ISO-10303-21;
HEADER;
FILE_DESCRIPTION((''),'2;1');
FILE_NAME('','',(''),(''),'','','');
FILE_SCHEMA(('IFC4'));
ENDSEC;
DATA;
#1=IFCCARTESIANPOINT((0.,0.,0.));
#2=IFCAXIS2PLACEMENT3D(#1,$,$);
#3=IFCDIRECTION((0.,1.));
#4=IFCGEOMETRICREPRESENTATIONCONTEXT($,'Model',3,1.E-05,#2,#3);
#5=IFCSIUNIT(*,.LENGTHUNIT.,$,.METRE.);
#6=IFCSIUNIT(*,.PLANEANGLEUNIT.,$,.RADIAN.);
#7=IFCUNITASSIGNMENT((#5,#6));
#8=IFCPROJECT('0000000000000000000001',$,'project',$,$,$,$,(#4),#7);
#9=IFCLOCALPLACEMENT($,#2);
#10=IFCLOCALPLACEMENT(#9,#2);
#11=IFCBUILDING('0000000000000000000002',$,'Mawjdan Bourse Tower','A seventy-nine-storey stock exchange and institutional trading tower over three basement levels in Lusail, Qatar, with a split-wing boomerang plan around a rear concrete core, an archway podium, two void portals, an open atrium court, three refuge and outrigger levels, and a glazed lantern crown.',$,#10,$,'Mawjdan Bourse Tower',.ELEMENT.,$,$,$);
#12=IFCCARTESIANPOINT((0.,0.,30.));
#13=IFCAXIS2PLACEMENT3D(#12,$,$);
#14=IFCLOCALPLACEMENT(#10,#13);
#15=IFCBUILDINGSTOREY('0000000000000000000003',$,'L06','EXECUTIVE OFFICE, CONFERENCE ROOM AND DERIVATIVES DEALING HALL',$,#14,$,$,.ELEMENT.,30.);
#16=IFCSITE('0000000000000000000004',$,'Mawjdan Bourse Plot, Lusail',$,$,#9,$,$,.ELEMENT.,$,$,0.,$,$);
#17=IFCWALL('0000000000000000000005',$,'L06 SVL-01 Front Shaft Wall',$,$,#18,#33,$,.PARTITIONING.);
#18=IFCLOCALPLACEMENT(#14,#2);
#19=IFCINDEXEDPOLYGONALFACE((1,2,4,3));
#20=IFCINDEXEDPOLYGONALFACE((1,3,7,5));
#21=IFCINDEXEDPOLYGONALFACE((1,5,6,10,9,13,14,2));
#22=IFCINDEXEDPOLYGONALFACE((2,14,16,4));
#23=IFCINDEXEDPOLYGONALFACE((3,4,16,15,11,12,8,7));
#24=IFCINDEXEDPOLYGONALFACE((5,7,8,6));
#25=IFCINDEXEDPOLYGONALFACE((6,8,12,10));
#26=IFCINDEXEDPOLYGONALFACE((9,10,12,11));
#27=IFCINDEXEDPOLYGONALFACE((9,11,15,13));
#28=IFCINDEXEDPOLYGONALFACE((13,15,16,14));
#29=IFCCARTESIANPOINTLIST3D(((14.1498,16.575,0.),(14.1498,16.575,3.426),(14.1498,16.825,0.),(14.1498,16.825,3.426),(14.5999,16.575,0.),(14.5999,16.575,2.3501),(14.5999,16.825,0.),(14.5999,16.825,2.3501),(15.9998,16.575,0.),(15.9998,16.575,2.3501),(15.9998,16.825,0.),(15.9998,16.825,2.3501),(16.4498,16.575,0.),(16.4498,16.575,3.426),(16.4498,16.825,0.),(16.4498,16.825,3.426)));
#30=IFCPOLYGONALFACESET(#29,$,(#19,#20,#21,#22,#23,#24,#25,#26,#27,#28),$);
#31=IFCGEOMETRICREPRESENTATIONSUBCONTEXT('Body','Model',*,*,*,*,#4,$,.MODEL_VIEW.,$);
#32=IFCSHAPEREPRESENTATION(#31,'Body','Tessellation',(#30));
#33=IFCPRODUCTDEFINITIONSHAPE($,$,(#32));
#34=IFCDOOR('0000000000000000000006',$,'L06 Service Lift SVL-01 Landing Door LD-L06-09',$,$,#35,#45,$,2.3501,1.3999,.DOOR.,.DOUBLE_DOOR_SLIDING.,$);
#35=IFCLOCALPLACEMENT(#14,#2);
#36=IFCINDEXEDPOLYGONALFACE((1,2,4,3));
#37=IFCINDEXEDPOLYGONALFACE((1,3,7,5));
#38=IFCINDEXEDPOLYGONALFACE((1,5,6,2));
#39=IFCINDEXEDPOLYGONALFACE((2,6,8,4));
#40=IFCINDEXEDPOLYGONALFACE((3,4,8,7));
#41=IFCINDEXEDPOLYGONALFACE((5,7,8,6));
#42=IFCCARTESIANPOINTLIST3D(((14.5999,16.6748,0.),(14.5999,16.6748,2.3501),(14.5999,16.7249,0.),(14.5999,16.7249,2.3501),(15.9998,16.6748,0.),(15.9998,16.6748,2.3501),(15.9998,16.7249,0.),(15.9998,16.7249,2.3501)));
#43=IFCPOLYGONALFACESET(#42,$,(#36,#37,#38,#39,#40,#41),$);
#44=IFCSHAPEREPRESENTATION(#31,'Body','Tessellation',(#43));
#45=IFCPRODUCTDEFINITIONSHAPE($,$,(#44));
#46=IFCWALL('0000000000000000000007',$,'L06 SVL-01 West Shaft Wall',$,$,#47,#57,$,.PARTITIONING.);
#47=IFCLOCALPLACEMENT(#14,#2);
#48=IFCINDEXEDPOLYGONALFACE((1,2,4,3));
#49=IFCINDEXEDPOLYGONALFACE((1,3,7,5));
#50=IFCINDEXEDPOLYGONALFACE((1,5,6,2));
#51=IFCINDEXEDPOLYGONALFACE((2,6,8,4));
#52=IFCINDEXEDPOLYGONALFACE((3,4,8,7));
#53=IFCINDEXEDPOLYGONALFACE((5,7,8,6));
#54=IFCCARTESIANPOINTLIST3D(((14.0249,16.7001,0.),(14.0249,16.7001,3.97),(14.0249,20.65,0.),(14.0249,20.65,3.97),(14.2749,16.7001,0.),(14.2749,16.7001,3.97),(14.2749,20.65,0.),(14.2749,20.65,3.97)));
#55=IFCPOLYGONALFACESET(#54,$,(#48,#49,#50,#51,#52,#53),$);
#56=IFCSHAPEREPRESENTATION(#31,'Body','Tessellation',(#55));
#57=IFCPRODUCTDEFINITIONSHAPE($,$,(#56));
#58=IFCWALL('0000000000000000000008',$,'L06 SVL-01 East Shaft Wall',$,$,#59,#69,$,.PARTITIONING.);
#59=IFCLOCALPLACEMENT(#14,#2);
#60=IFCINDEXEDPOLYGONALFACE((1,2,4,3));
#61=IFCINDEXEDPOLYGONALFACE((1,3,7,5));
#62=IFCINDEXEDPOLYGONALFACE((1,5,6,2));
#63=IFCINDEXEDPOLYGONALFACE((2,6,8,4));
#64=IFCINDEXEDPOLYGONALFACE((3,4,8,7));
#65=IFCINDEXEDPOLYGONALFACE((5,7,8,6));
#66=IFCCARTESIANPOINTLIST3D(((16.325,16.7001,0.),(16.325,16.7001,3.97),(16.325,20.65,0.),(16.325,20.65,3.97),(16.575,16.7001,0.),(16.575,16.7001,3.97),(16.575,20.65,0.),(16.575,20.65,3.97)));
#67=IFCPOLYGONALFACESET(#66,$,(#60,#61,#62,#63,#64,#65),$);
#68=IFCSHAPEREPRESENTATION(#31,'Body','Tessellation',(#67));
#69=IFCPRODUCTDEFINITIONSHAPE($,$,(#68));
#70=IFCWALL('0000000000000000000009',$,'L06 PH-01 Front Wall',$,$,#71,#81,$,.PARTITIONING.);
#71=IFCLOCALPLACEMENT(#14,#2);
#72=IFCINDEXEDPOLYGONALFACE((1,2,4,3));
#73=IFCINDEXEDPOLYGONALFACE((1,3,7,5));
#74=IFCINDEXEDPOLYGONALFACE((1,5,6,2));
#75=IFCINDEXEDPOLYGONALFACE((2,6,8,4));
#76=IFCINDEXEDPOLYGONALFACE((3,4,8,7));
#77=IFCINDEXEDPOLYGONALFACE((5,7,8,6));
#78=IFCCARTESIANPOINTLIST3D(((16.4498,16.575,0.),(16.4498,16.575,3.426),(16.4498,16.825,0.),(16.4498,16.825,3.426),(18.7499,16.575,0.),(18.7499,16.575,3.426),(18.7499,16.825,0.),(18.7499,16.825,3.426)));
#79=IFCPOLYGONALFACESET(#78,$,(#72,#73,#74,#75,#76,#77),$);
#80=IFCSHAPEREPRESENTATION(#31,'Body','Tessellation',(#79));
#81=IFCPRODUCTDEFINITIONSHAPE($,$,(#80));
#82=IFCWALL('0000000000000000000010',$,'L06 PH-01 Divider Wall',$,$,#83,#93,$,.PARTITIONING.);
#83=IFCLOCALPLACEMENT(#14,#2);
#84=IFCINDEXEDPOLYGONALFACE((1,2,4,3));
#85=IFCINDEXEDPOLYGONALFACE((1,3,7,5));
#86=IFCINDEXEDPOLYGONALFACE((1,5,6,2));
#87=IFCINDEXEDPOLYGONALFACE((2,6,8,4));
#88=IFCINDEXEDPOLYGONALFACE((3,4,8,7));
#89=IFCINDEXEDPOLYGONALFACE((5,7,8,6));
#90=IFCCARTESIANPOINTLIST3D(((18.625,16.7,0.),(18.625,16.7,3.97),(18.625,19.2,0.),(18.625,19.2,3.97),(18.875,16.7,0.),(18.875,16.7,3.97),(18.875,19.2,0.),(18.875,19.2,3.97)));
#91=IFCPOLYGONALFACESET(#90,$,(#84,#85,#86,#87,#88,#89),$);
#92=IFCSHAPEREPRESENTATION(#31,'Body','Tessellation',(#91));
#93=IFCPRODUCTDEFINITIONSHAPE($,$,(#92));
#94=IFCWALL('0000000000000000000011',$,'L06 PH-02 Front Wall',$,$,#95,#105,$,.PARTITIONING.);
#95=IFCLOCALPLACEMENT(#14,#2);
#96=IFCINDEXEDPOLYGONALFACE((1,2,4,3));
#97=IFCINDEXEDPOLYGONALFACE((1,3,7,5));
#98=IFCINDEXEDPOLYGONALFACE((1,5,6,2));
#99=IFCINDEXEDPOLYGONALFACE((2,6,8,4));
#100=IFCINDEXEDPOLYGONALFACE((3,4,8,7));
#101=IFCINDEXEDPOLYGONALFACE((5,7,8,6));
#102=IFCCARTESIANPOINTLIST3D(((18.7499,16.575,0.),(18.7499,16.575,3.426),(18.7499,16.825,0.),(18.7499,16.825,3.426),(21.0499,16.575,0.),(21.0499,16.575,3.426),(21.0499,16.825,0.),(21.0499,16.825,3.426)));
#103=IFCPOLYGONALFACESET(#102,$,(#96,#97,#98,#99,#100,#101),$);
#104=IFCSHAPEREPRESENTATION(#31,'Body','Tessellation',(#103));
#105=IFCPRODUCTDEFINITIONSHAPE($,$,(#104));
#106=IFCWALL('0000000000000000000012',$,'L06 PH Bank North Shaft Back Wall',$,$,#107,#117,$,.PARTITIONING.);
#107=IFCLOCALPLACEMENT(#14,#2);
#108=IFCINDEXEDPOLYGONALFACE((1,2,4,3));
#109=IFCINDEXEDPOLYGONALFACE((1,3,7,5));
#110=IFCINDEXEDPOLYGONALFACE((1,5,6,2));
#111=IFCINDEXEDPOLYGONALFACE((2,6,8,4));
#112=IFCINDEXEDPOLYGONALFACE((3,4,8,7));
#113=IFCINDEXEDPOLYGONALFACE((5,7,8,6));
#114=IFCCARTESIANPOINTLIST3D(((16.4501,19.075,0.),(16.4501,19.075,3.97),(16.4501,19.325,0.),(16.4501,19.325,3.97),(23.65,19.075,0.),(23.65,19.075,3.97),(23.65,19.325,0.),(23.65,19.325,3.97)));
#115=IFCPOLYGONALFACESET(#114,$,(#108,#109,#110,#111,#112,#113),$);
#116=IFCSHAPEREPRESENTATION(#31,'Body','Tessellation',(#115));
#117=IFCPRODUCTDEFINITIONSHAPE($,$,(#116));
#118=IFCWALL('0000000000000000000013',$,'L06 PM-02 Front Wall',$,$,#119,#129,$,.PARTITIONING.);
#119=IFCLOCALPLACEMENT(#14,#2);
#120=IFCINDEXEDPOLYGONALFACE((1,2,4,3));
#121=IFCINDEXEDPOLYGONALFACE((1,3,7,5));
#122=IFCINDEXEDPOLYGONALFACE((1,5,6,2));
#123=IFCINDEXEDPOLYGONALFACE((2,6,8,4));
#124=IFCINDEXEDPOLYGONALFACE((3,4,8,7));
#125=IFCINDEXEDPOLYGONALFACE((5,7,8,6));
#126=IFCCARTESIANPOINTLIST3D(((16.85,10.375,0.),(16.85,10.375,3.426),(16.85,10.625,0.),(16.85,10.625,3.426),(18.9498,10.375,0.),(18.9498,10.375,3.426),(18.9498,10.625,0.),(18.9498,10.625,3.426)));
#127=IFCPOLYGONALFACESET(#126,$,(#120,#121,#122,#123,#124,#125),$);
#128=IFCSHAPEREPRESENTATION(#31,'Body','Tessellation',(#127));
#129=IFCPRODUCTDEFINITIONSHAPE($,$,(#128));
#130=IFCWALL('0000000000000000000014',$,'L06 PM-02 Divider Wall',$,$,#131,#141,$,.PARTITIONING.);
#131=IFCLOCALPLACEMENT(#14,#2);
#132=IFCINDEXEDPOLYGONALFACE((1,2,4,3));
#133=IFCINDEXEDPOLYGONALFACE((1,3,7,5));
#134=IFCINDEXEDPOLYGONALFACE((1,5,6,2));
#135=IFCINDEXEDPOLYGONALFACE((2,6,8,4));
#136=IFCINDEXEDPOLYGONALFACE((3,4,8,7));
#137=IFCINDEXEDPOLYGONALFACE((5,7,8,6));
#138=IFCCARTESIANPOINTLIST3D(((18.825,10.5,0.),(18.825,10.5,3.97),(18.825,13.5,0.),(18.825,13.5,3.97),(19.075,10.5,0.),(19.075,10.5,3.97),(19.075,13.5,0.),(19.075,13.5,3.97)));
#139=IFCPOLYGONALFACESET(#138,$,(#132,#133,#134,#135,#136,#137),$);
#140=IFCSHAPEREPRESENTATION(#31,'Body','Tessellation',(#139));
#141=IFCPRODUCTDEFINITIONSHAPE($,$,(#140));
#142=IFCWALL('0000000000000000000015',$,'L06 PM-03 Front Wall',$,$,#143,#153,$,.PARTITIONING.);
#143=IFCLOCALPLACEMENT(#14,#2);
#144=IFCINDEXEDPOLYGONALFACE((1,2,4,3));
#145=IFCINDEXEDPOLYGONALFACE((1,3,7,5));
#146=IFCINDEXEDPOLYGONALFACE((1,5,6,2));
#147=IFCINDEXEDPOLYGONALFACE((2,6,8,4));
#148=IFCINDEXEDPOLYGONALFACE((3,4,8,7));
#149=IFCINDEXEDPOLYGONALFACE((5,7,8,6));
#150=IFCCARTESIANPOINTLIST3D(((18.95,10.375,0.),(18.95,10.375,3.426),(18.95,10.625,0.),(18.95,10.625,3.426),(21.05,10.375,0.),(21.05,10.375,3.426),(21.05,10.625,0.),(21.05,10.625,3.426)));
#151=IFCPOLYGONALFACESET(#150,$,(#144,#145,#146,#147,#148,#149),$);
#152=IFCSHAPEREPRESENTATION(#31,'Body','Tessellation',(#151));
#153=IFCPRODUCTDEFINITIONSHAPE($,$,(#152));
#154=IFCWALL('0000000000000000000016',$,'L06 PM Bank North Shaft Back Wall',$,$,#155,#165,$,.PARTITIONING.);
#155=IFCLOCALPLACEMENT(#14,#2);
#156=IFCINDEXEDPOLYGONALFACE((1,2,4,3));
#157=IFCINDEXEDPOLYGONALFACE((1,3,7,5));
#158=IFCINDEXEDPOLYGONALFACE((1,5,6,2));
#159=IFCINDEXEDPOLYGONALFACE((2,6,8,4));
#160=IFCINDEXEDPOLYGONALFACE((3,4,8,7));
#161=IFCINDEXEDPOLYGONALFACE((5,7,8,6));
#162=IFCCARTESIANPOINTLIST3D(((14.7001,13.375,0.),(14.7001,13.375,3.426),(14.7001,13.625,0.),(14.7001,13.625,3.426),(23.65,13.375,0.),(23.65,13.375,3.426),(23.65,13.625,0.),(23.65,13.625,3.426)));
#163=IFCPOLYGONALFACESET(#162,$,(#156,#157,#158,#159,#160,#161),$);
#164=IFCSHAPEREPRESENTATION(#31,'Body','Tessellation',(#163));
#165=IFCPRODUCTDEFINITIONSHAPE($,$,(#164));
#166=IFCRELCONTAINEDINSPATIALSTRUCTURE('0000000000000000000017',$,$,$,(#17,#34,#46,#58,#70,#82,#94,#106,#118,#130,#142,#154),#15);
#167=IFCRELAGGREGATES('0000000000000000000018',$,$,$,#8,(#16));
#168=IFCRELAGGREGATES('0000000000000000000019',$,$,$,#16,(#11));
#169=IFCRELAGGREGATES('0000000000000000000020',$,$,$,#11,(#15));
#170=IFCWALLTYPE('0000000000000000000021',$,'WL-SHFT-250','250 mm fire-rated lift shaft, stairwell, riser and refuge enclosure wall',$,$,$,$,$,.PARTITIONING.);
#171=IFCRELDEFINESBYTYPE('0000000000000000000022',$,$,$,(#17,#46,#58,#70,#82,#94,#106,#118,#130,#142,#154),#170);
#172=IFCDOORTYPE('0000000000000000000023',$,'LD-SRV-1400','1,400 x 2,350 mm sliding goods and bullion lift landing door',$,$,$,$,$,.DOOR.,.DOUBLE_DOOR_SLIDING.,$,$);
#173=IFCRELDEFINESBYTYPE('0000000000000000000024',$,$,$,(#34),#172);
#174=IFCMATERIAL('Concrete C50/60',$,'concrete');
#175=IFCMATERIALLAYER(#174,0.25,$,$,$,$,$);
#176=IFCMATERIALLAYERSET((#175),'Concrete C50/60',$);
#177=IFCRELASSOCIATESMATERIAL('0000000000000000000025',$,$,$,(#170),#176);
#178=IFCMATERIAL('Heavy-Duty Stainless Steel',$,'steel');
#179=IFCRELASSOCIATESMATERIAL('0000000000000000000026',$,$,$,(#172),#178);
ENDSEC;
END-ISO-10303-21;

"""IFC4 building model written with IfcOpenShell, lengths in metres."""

from ifc_helpers import new_model, si_unit, direction, frame, frame_2d, origin, place, context, subcontext, project, spatial, rectangle, extrude, material, layer, layer_set, type_object, element, fill, save


model = new_model("IFC4")

# Units and contexts
model_context = context("Model", 3, precision=1e-05, world=origin(), true_north=direction((0.0, 1.0)))
body_context = subcontext(model_context, "Body", "Model", "MODEL_VIEW")
ifc_project = project(units=[si_unit("LENGTHUNIT", "METRE"), si_unit("PLANEANGLEUNIT", "RADIAN")], contexts=[model_context])

# Site, building, storey
site_placement = place(None, origin())
site = spatial("IfcSite", under=ifc_project, at=site_placement, Name="Mawjdan Bourse Plot, Lusail", CompositionType="ELEMENT", RefElevation=0.0)
building_placement = place(site_placement, origin())
building = spatial("IfcBuilding", under=site, at=building_placement, Name="Mawjdan Bourse Tower", Description="A seventy-nine-storey stock exchange and institutional trading tower over three basement levels in Lusail, Qatar, with a split-wing boomerang plan around a rear concrete core, an archway podium, two void portals, an open atrium court, three refuge and outrigger levels, and a glazed lantern crown.", LongName="Mawjdan Bourse Tower", CompositionType="ELEMENT")
storey_placement = place(building_placement, frame((0.0, 0.0, 30.0)))
storey = spatial("IfcBuildingStorey", under=building, at=storey_placement, Name="L06", Description="EXECUTIVE OFFICE, CONFERENCE ROOM AND DERIVATIVES DEALING HALL", CompositionType="ELEMENT", Elevation=30.0)

# Shared definitions
ifc_material_1 = material(Name="Concrete C50/60", Category="concrete")
ifc_layer_1 = layer(ifc_material_1, 0.25)
ifc_layer_set_1 = layer_set([ifc_layer_1], Name="Concrete C50/60")
wall_type_1 = type_object("IfcWallType", Name="WL-SHFT-250", Description="250 mm fire-rated lift shaft, stairwell, riser and refuge enclosure wall", PredefinedType="PARTITIONING", material=ifc_layer_set_1)

# Wall, opening, door
wall_1_placement = place(storey_placement, frame((14.1499, 16.7, 0.0), z_axis=(0.0, 0.0, 1.0), x_axis=(1.0, 0.0, 0.0)))
wall_1 = element("IfcWall", 1, at=wall_1_placement, inside=storey, type_object=wall_type_1, Name="L06 SVL-01 Front Shaft Wall", PredefinedType="PARTITIONING", context=body_context, shape_type="SweptSolid", body=[
    extrude(rectangle(XDim=2.3, YDim=0.25, at=frame_2d((1.1499, 0.0))), origin(), (0.0, 0.0, 1.0), 3.426),
])
opening_1_placement = place(wall_1_placement, frame((0.45, 0.0, 0.0)))
opening_1 = element("IfcOpeningElement", 2, at=opening_1_placement, cuts=wall_1, PredefinedType="OPENING", context=body_context, shape_type="SweptSolid", body=[
    extrude(rectangle(XDim=1.3999, YDim=2.3501, at=frame_2d((0.7, 1.175))), frame((0.0, 0.135, 0.0), z_axis=(0.0, -1.0, 0.0), x_axis=(1.0, 0.0, 0.0)), (0.0, 0.0, 1.0), 0.27),
])
ifc_material_2 = material(Name="Heavy-Duty Stainless Steel", Category="steel")
door_type_1 = type_object("IfcDoorType", Name="LD-SRV-1400", Description="1,400 x 2,350 mm sliding goods and bullion lift landing door", OperationType="DOUBLE_DOOR_SLIDING", PredefinedType="DOOR", material=ifc_material_2)
door_1_placement = place(opening_1_placement, origin())
door_1 = element("IfcDoor", 3, at=door_1_placement, inside=storey, type_object=door_type_1, Name="L06 Service Lift SVL-01 Landing Door LD-L06-09", OperationType="DOUBLE_DOOR_SLIDING", OverallHeight=2.3501, OverallWidth=1.3999, PredefinedType="DOOR", context=body_context, shape_type="SweptSolid", body=[
    extrude(rectangle(XDim=1.3999, YDim=2.3501, at=frame_2d((0.7, 1.175))), frame((0.0, 0.0249, 0.0), z_axis=(0.0, -1.0, 0.0), x_axis=(1.0, 0.0, 0.0)), (0.0, 0.0, 1.0), 0.05),
])
fill(opening_1, door_1)

# Walls
for number, where, z_axis, x_axis, name in (
    (4, (14.1499, 16.7, 0.0), (0.0, 0.0, 1.0), (0.0, 1.0, 0.0), "L06 SVL-01 West Shaft Wall"),
    (5, (16.45, 16.7, 0.0), (0.0, 0.0, 1.0), (0.0, 1.0, 0.0), "L06 SVL-01 East Shaft Wall"),
):
    element("IfcWall", number, at=place(storey_placement, frame(where, z_axis=z_axis, x_axis=x_axis)), inside=storey, type_object=wall_type_1, Name=name, PredefinedType="PARTITIONING", context=body_context, shape_type="SweptSolid", body=[
        extrude(rectangle(XDim=3.95, YDim=0.25, at=frame_2d((1.9751, 0.0))), origin(), (0.0, 0.0, 1.0), 3.97),
    ])
wall_2_placement = place(storey_placement, frame((16.45, 16.7, 0.0), z_axis=(0.0, 0.0, 1.0), x_axis=(1.0, 0.0, 0.0)))
element("IfcWall", 6, at=wall_2_placement, inside=storey, type_object=wall_type_1, Name="L06 PH-01 Front Wall", PredefinedType="PARTITIONING", context=body_context, shape_type="SweptSolid", body=[
    extrude(rectangle(XDim=2.3, YDim=0.25, at=frame_2d((1.1499, 0.0))), origin(), (0.0, 0.0, 1.0), 3.426),
])
wall_3_placement = place(storey_placement, frame((18.75, 16.7, 0.0), z_axis=(0.0, 0.0, 1.0), x_axis=(0.0, 1.0, 0.0)))
element("IfcWall", 7, at=wall_3_placement, inside=storey, type_object=wall_type_1, Name="L06 PH-01 Divider Wall", PredefinedType="PARTITIONING", context=body_context, shape_type="SweptSolid", body=[
    extrude(rectangle(XDim=2.5, YDim=0.25, at=frame_2d((1.25, 0.0))), origin(), (0.0, 0.0, 1.0), 3.97),
])
wall_4_placement = place(storey_placement, frame((18.75, 16.7, 0.0), z_axis=(0.0, 0.0, 1.0), x_axis=(1.0, 0.0, 0.0)))
element("IfcWall", 8, at=wall_4_placement, inside=storey, type_object=wall_type_1, Name="L06 PH-02 Front Wall", PredefinedType="PARTITIONING", context=body_context, shape_type="SweptSolid", body=[
    extrude(rectangle(XDim=2.3, YDim=0.25, at=frame_2d((1.1499, 0.0))), origin(), (0.0, 0.0, 1.0), 3.426),
])
wall_5_placement = place(storey_placement, frame((16.45, 19.2, 0.0), z_axis=(0.0, 0.0, 1.0), x_axis=(1.0, 0.0, 0.0)))
element("IfcWall", 9, at=wall_5_placement, inside=storey, type_object=wall_type_1, Name="L06 PH Bank North Shaft Back Wall", PredefinedType="PARTITIONING", context=body_context, shape_type="SweptSolid", body=[
    extrude(rectangle(XDim=7.2, YDim=0.25, at=frame_2d((3.6001, 0.0))), origin(), (0.0, 0.0, 1.0), 3.97),
])
wall_6_placement = place(storey_placement, frame((16.8501, 10.5, 0.0), z_axis=(0.0, 0.0, 1.0), x_axis=(1.0, 0.0, 0.0)))
element("IfcWall", 10, at=wall_6_placement, inside=storey, type_object=wall_type_1, Name="L06 PM-02 Front Wall", PredefinedType="PARTITIONING", context=body_context, shape_type="SweptSolid", body=[
    extrude(rectangle(XDim=2.0999, YDim=0.25, at=frame_2d((1.0498, 0.0))), origin(), (0.0, 0.0, 1.0), 3.426),
])
wall_7_placement = place(storey_placement, frame((18.95, 10.5, 0.0), z_axis=(0.0, 0.0, 1.0), x_axis=(0.0, 1.0, 0.0)))
element("IfcWall", 11, at=wall_7_placement, inside=storey, type_object=wall_type_1, Name="L06 PM-02 Divider Wall", PredefinedType="PARTITIONING", context=body_context, shape_type="SweptSolid", body=[
    extrude(rectangle(XDim=3.0, YDim=0.25, at=frame_2d((1.5, 0.0))), origin(), (0.0, 0.0, 1.0), 3.97),
])
wall_8_placement = place(storey_placement, frame((18.95, 10.5, 0.0), z_axis=(0.0, 0.0, 1.0), x_axis=(1.0, 0.0, 0.0)))
element("IfcWall", 12, at=wall_8_placement, inside=storey, type_object=wall_type_1, Name="L06 PM-03 Front Wall", PredefinedType="PARTITIONING", context=body_context, shape_type="SweptSolid", body=[
    extrude(rectangle(XDim=2.1001, YDim=0.25, at=frame_2d((1.05, 0.0))), origin(), (0.0, 0.0, 1.0), 3.426),
])
wall_9_placement = place(storey_placement, frame((14.7, 13.5, 0.0), z_axis=(0.0, 0.0, 1.0), x_axis=(1.0, 0.0, 0.0)))
element("IfcWall", 13, at=wall_9_placement, inside=storey, type_object=wall_type_1, Name="L06 PM Bank North Shaft Back Wall", PredefinedType="PARTITIONING", context=body_context, shape_type="SweptSolid", body=[
    extrude(rectangle(XDim=8.95, YDim=0.25, at=frame_2d((4.4751, 0.0))), origin(), (0.0, 0.0, 1.0), 3.426),
])

save(model, "model.ifc")
